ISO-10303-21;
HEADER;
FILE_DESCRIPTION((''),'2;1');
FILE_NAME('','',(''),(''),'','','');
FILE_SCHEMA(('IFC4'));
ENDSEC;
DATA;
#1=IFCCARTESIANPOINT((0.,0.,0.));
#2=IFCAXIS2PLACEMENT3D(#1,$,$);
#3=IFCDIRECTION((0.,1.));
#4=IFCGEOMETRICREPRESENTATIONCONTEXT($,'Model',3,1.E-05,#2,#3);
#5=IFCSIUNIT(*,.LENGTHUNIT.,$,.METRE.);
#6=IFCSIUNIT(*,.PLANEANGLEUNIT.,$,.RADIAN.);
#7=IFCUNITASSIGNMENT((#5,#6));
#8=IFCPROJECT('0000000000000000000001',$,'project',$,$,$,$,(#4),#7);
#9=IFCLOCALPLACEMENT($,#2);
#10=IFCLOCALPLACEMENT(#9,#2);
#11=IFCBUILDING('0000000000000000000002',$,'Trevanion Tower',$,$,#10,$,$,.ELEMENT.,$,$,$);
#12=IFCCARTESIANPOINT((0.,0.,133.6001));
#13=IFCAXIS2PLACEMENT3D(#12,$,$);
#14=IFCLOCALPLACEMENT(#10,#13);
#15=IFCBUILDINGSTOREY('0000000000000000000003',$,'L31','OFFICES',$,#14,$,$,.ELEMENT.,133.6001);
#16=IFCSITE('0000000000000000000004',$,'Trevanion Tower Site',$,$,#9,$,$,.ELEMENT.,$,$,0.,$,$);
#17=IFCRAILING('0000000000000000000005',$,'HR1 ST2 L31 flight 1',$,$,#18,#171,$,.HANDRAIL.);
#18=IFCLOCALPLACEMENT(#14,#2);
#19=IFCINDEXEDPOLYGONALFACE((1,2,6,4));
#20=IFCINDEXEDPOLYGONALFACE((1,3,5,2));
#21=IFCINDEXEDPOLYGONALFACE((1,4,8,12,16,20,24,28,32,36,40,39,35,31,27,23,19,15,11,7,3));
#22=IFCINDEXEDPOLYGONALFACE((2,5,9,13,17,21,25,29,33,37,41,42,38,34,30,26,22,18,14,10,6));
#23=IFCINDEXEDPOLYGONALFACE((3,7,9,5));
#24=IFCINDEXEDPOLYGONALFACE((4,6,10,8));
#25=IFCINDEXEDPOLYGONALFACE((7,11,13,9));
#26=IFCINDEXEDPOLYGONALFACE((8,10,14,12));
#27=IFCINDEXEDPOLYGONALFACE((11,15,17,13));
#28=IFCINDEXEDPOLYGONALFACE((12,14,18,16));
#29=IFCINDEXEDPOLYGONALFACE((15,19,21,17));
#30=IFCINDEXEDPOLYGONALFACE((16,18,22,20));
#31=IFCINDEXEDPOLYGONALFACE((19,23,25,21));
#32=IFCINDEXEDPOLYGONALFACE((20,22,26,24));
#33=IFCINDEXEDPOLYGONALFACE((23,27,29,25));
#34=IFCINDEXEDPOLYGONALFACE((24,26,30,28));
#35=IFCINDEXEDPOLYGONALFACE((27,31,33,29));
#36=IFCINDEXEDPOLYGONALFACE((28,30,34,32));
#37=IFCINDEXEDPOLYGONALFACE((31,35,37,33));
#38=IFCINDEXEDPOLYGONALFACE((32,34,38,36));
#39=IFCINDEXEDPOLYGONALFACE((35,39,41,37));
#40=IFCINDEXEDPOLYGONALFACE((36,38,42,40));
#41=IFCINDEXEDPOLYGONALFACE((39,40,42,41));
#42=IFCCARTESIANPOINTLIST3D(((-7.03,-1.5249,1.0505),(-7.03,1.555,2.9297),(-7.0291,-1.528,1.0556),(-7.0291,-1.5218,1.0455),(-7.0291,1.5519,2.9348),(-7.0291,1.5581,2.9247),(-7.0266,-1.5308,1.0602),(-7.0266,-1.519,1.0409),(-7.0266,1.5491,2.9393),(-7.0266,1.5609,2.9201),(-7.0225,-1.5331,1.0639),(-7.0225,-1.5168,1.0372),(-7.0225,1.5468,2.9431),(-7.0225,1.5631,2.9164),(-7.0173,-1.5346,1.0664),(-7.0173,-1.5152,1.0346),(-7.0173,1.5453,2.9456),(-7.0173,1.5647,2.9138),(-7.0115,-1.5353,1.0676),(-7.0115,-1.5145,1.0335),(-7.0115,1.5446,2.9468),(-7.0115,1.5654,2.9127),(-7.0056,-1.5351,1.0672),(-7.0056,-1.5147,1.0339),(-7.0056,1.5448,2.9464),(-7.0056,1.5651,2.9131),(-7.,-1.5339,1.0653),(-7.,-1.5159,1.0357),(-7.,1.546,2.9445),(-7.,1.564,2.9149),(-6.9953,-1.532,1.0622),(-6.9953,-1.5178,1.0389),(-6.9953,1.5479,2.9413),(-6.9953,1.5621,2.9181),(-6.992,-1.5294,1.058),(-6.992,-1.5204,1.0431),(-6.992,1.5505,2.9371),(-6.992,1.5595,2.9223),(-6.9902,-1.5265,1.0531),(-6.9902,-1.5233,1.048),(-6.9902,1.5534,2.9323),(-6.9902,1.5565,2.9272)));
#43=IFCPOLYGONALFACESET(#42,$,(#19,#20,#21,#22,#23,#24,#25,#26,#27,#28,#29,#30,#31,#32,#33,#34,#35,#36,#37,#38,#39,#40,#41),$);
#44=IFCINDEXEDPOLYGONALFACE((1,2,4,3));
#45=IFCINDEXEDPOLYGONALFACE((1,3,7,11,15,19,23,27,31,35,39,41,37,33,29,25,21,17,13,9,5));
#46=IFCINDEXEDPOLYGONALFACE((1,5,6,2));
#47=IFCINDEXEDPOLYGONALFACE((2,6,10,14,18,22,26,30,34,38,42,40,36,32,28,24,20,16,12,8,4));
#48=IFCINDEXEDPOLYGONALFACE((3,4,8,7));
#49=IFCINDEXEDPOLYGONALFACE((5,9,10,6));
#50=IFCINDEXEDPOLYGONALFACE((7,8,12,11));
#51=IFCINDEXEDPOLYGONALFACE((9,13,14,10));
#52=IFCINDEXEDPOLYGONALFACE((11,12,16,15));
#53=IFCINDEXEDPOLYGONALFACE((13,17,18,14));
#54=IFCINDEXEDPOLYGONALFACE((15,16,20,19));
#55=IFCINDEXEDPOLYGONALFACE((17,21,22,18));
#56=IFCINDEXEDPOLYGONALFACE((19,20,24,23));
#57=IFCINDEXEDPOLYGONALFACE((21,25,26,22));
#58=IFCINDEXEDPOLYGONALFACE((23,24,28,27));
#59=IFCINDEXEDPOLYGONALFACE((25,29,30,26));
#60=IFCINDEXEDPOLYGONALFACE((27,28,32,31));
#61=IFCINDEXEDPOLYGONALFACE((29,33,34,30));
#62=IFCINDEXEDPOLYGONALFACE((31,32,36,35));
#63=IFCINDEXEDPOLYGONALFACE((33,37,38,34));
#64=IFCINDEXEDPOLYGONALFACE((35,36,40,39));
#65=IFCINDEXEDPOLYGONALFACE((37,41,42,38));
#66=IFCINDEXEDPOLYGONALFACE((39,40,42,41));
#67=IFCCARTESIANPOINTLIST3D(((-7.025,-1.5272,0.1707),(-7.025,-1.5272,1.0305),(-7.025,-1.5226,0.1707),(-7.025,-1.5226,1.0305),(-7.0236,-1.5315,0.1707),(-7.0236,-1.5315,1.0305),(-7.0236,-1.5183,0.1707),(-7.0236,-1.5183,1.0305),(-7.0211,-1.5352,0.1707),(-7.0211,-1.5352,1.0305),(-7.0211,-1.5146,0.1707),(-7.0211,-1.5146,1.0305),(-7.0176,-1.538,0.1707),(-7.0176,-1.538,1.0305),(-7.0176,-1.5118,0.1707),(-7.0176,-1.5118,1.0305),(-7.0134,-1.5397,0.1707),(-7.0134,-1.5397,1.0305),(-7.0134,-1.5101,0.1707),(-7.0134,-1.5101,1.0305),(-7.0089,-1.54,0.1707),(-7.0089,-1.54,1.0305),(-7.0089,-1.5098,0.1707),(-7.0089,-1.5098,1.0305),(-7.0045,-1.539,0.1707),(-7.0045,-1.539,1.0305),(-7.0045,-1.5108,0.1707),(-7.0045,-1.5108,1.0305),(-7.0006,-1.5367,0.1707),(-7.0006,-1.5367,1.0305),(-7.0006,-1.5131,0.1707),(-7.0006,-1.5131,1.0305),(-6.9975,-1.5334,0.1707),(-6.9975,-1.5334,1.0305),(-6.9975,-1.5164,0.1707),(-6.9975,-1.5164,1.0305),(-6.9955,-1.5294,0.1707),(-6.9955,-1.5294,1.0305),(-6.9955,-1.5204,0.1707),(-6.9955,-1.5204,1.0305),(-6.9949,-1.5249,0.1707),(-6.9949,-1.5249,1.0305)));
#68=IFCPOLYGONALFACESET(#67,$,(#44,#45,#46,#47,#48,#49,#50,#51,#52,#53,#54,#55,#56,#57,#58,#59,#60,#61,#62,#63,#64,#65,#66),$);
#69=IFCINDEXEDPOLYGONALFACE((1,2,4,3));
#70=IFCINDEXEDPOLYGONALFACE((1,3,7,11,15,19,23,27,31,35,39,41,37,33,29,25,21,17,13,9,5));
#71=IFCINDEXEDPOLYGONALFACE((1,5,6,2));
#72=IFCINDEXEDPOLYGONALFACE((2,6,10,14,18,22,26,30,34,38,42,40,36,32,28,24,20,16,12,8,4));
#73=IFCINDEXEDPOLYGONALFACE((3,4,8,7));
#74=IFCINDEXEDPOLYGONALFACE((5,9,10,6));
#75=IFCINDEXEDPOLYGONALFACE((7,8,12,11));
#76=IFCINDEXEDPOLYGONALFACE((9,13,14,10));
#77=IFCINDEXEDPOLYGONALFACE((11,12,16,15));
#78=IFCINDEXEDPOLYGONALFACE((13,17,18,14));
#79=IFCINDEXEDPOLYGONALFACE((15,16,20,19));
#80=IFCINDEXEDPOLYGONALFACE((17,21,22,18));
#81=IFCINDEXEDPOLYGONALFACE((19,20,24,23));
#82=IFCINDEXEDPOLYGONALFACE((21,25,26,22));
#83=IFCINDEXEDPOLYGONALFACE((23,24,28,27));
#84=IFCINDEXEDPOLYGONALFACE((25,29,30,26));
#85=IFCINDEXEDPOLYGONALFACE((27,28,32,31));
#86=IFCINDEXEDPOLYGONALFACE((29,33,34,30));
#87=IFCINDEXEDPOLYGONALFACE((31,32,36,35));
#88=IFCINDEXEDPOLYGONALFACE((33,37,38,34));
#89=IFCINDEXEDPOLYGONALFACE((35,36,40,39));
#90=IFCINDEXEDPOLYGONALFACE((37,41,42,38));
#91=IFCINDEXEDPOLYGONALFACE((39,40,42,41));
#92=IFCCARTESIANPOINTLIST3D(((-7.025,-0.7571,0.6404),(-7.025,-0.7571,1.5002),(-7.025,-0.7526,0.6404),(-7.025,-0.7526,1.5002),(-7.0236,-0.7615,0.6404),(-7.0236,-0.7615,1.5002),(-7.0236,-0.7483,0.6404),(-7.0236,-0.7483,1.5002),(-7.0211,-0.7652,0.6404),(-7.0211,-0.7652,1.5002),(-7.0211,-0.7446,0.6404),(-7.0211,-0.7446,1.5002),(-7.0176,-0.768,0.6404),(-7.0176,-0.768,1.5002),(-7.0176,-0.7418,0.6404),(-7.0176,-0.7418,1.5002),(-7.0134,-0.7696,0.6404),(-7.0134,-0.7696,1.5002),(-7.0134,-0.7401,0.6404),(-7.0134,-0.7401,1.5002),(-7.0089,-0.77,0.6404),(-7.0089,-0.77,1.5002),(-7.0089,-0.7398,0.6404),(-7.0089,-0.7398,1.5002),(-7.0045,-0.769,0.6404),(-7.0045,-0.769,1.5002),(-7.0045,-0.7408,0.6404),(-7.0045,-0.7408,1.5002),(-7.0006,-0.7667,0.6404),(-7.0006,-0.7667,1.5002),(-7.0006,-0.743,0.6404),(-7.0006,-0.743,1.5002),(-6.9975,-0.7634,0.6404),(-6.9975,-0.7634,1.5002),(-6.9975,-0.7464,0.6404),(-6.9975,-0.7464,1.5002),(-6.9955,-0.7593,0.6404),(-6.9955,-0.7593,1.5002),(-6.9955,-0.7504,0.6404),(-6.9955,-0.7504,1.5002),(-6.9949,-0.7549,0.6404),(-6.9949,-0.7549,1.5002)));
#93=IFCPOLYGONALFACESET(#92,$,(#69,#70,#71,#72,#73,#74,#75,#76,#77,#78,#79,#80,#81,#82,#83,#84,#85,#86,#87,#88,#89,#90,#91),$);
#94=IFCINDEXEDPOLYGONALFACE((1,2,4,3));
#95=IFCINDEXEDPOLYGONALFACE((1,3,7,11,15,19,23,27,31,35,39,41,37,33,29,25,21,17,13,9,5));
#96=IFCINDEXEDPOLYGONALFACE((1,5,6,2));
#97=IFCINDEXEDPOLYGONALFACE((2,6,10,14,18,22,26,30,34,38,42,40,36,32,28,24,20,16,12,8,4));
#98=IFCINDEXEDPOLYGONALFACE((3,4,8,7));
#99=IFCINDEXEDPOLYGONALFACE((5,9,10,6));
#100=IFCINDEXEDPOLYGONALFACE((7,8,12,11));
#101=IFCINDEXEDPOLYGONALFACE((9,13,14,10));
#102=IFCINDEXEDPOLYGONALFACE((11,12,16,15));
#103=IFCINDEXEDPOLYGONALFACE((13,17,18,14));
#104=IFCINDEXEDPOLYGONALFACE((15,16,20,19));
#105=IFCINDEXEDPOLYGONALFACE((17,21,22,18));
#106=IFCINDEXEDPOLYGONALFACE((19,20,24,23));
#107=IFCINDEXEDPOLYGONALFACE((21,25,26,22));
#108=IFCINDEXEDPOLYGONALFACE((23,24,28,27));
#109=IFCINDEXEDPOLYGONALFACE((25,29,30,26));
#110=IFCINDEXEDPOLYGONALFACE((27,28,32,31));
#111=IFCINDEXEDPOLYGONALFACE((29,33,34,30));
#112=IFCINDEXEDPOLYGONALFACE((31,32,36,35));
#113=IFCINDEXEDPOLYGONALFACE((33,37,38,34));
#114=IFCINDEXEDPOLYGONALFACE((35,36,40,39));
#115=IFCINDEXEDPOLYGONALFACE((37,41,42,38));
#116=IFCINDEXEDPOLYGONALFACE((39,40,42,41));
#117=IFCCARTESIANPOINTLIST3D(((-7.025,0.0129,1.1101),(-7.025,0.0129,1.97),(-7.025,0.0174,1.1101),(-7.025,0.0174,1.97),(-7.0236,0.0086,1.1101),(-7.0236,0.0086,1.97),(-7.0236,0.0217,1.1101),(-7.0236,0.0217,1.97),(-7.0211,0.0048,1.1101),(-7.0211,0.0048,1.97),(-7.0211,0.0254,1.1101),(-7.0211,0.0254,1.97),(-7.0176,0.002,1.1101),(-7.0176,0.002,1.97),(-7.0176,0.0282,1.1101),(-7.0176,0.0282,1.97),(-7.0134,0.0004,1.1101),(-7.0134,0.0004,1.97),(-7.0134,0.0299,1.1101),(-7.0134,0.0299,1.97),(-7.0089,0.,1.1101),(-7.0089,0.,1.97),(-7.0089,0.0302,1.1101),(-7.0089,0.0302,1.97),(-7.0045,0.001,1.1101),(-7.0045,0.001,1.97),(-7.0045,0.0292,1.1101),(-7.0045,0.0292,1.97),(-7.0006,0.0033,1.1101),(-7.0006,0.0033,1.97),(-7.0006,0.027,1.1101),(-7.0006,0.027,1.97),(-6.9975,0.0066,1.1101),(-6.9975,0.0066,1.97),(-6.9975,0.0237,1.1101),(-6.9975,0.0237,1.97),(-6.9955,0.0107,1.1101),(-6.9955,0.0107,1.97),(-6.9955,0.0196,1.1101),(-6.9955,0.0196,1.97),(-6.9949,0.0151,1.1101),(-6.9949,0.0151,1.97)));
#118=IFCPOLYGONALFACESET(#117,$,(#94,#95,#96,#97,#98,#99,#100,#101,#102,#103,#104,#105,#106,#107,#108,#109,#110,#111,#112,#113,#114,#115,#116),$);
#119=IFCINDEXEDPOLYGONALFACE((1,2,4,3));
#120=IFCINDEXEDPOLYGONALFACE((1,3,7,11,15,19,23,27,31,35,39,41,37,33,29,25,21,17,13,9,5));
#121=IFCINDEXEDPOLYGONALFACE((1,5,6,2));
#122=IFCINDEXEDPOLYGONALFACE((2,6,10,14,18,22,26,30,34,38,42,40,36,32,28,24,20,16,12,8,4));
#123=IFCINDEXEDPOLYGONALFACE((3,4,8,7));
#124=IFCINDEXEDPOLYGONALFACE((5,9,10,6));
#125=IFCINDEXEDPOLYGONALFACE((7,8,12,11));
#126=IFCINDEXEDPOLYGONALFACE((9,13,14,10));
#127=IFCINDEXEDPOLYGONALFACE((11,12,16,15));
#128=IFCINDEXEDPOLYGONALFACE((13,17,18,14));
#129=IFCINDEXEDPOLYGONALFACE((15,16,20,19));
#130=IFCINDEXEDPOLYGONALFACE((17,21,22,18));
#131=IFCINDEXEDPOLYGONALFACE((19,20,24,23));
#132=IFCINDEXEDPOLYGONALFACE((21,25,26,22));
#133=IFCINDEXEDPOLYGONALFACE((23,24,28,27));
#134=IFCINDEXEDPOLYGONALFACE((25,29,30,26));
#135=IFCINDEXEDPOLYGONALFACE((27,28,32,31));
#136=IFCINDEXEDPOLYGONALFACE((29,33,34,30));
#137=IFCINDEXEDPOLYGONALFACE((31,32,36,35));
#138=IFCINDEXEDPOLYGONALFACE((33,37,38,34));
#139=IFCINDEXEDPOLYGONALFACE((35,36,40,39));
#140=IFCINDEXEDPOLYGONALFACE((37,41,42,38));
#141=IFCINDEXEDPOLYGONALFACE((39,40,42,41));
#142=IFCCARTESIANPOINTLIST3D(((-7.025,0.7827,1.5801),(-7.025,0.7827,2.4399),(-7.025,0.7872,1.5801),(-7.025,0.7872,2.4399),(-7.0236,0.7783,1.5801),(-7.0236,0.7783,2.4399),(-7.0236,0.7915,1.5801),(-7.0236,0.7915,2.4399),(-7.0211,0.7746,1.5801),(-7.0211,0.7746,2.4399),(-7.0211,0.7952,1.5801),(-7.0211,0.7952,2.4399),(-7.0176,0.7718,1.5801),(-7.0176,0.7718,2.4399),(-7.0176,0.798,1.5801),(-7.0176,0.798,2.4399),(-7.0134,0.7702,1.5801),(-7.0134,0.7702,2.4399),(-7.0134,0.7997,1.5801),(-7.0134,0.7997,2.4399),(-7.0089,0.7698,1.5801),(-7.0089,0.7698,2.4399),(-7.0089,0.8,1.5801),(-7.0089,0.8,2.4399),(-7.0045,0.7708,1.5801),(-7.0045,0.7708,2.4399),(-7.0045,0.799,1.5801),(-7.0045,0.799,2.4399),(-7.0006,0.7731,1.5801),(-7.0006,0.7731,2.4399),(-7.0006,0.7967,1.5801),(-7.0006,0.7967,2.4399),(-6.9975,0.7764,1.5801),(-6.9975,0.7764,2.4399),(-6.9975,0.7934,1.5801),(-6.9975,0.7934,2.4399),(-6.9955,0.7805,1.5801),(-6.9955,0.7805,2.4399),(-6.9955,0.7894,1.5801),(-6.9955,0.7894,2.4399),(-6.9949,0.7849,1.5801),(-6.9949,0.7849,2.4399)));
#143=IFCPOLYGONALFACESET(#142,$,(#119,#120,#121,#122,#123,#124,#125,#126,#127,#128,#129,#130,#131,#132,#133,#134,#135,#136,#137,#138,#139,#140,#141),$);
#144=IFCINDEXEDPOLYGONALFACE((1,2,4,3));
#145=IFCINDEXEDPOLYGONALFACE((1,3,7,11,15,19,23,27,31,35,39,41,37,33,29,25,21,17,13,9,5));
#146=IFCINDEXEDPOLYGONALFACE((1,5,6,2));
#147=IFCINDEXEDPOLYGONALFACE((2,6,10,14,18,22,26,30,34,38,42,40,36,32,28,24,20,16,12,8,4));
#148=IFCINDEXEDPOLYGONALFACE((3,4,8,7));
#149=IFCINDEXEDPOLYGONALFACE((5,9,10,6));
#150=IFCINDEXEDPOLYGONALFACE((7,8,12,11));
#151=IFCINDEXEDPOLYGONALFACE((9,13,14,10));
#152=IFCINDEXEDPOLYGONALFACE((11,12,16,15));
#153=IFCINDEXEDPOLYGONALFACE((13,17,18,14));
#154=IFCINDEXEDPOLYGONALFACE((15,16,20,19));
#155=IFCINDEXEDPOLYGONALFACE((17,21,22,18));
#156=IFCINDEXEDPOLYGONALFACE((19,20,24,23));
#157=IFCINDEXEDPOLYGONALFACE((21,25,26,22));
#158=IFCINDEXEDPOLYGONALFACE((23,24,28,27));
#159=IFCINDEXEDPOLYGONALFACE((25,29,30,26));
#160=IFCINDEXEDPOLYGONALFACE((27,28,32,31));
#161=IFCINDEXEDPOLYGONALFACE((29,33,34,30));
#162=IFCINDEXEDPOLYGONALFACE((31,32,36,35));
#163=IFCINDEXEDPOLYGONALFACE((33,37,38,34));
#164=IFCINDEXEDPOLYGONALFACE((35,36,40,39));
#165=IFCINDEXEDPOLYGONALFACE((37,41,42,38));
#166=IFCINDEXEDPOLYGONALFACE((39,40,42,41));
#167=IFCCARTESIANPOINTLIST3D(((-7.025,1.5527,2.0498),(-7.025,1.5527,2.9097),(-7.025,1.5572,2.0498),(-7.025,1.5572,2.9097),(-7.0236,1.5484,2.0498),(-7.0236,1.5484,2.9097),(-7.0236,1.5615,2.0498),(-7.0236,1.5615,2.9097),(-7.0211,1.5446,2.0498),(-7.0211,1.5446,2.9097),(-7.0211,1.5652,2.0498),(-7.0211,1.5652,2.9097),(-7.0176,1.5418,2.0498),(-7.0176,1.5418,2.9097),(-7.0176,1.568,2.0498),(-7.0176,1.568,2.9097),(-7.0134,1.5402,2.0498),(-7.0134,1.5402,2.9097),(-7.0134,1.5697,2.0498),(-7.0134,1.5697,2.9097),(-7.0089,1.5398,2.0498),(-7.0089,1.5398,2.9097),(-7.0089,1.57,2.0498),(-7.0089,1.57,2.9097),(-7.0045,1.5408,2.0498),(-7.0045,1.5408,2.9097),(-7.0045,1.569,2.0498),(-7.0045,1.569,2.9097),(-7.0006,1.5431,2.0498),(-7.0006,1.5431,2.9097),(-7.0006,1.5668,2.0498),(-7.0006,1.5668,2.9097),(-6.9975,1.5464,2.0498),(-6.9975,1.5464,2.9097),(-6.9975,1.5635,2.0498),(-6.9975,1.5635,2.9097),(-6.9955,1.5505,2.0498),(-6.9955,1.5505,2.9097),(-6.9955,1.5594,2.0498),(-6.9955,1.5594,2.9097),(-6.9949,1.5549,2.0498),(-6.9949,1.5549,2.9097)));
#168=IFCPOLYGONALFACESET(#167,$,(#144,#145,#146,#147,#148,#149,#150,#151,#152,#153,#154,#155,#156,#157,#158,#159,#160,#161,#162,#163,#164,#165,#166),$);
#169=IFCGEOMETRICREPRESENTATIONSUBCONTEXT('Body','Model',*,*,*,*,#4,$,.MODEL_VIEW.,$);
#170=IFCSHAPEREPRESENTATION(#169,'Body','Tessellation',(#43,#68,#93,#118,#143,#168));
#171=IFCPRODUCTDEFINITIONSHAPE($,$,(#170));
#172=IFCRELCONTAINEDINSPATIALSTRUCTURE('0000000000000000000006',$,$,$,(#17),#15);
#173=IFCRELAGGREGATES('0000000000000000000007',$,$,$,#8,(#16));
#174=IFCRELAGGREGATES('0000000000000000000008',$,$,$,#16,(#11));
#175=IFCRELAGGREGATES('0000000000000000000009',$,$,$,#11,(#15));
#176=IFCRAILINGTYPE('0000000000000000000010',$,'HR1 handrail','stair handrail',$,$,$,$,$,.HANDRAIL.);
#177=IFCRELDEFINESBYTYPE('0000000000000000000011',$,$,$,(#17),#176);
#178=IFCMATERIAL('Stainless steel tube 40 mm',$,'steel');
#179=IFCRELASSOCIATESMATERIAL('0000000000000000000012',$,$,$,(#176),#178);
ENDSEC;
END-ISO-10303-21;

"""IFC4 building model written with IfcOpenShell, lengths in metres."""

from ifc_helpers import new_model, si_unit, direction, frame, origin, origin_2d, place, context, subcontext, project, spatial, circle, extrude, material, type_object, element, save


model = new_model("IFC4")

# Units and contexts
model_context = context("Model", 3, precision=1e-05, world=origin(), true_north=direction((0.0, 1.0)))
body_context = subcontext(model_context, "Body", "Model", "MODEL_VIEW")
ifc_project = project(units=[si_unit("LENGTHUNIT", "METRE"), si_unit("PLANEANGLEUNIT", "RADIAN")], contexts=[model_context])

# Site, building, storey
site_placement = place(None, origin())
site = spatial("IfcSite", under=ifc_project, at=site_placement, Name="Trevanion Tower Site", CompositionType="ELEMENT", RefElevation=0.0)
building_placement = place(site_placement, origin())
building = spatial("IfcBuilding", under=site, at=building_placement, Name="Trevanion Tower", CompositionType="ELEMENT")
storey_placement = place(building_placement, frame((0.0, 0.0, 133.6001)))
storey = spatial("IfcBuildingStorey", under=building, at=storey_placement, Name="L31", Description="OFFICES", CompositionType="ELEMENT", Elevation=133.6001)

# Railing
ifc_material_1 = material(Name="Stainless steel tube 40 mm", Category="steel")
railing_type = type_object("IfcRailingType", Name="HR1 handrail", Description="stair handrail", PredefinedType="HANDRAIL", material=ifc_material_1)
for number, where, name in (
    (1, (-7.01, -1.5249, 0.1707), "HR1 ST2 L31 flight 1"),
):
    element("IfcRailing", number, at=place(storey_placement, frame(where)), inside=storey, type_object=railing_type, Name=name, PredefinedType="HANDRAIL", context=body_context, shape_type="SweptSolid", body=[
        extrude(circle(Radius=0.02, at=origin_2d()), frame((0.0, 0.0, 0.8799), z_axis=(0.0, 0.853648, 0.52085), x_axis=(-1.0, 0.0, 0.0)), (0.0, 0.0, 1.0), 3.6079),
        extrude(circle(Radius=0.0151, at=origin_2d()), origin(), (0.0, 0.0, 1.0), 0.8599),
        extrude(circle(Radius=0.0151, at=origin_2d()), frame((0.0, 0.77, 0.4697)), (0.0, 0.0, 1.0), 0.8599),
        extrude(circle(Radius=0.0151, at=origin_2d()), frame((0.0, 1.54, 0.9395)), (0.0, 0.0, 1.0), 0.8599),
        extrude(circle(Radius=0.0151, at=origin_2d()), frame((0.0, 2.3098, 1.4094)), (0.0, 0.0, 1.0), 0.8599),
        extrude(circle(Radius=0.0151, at=origin_2d()), frame((0.0, 3.0798, 1.8792)), (0.0, 0.0, 1.0), 0.8599),
    ])

save(model, "model.ifc")
